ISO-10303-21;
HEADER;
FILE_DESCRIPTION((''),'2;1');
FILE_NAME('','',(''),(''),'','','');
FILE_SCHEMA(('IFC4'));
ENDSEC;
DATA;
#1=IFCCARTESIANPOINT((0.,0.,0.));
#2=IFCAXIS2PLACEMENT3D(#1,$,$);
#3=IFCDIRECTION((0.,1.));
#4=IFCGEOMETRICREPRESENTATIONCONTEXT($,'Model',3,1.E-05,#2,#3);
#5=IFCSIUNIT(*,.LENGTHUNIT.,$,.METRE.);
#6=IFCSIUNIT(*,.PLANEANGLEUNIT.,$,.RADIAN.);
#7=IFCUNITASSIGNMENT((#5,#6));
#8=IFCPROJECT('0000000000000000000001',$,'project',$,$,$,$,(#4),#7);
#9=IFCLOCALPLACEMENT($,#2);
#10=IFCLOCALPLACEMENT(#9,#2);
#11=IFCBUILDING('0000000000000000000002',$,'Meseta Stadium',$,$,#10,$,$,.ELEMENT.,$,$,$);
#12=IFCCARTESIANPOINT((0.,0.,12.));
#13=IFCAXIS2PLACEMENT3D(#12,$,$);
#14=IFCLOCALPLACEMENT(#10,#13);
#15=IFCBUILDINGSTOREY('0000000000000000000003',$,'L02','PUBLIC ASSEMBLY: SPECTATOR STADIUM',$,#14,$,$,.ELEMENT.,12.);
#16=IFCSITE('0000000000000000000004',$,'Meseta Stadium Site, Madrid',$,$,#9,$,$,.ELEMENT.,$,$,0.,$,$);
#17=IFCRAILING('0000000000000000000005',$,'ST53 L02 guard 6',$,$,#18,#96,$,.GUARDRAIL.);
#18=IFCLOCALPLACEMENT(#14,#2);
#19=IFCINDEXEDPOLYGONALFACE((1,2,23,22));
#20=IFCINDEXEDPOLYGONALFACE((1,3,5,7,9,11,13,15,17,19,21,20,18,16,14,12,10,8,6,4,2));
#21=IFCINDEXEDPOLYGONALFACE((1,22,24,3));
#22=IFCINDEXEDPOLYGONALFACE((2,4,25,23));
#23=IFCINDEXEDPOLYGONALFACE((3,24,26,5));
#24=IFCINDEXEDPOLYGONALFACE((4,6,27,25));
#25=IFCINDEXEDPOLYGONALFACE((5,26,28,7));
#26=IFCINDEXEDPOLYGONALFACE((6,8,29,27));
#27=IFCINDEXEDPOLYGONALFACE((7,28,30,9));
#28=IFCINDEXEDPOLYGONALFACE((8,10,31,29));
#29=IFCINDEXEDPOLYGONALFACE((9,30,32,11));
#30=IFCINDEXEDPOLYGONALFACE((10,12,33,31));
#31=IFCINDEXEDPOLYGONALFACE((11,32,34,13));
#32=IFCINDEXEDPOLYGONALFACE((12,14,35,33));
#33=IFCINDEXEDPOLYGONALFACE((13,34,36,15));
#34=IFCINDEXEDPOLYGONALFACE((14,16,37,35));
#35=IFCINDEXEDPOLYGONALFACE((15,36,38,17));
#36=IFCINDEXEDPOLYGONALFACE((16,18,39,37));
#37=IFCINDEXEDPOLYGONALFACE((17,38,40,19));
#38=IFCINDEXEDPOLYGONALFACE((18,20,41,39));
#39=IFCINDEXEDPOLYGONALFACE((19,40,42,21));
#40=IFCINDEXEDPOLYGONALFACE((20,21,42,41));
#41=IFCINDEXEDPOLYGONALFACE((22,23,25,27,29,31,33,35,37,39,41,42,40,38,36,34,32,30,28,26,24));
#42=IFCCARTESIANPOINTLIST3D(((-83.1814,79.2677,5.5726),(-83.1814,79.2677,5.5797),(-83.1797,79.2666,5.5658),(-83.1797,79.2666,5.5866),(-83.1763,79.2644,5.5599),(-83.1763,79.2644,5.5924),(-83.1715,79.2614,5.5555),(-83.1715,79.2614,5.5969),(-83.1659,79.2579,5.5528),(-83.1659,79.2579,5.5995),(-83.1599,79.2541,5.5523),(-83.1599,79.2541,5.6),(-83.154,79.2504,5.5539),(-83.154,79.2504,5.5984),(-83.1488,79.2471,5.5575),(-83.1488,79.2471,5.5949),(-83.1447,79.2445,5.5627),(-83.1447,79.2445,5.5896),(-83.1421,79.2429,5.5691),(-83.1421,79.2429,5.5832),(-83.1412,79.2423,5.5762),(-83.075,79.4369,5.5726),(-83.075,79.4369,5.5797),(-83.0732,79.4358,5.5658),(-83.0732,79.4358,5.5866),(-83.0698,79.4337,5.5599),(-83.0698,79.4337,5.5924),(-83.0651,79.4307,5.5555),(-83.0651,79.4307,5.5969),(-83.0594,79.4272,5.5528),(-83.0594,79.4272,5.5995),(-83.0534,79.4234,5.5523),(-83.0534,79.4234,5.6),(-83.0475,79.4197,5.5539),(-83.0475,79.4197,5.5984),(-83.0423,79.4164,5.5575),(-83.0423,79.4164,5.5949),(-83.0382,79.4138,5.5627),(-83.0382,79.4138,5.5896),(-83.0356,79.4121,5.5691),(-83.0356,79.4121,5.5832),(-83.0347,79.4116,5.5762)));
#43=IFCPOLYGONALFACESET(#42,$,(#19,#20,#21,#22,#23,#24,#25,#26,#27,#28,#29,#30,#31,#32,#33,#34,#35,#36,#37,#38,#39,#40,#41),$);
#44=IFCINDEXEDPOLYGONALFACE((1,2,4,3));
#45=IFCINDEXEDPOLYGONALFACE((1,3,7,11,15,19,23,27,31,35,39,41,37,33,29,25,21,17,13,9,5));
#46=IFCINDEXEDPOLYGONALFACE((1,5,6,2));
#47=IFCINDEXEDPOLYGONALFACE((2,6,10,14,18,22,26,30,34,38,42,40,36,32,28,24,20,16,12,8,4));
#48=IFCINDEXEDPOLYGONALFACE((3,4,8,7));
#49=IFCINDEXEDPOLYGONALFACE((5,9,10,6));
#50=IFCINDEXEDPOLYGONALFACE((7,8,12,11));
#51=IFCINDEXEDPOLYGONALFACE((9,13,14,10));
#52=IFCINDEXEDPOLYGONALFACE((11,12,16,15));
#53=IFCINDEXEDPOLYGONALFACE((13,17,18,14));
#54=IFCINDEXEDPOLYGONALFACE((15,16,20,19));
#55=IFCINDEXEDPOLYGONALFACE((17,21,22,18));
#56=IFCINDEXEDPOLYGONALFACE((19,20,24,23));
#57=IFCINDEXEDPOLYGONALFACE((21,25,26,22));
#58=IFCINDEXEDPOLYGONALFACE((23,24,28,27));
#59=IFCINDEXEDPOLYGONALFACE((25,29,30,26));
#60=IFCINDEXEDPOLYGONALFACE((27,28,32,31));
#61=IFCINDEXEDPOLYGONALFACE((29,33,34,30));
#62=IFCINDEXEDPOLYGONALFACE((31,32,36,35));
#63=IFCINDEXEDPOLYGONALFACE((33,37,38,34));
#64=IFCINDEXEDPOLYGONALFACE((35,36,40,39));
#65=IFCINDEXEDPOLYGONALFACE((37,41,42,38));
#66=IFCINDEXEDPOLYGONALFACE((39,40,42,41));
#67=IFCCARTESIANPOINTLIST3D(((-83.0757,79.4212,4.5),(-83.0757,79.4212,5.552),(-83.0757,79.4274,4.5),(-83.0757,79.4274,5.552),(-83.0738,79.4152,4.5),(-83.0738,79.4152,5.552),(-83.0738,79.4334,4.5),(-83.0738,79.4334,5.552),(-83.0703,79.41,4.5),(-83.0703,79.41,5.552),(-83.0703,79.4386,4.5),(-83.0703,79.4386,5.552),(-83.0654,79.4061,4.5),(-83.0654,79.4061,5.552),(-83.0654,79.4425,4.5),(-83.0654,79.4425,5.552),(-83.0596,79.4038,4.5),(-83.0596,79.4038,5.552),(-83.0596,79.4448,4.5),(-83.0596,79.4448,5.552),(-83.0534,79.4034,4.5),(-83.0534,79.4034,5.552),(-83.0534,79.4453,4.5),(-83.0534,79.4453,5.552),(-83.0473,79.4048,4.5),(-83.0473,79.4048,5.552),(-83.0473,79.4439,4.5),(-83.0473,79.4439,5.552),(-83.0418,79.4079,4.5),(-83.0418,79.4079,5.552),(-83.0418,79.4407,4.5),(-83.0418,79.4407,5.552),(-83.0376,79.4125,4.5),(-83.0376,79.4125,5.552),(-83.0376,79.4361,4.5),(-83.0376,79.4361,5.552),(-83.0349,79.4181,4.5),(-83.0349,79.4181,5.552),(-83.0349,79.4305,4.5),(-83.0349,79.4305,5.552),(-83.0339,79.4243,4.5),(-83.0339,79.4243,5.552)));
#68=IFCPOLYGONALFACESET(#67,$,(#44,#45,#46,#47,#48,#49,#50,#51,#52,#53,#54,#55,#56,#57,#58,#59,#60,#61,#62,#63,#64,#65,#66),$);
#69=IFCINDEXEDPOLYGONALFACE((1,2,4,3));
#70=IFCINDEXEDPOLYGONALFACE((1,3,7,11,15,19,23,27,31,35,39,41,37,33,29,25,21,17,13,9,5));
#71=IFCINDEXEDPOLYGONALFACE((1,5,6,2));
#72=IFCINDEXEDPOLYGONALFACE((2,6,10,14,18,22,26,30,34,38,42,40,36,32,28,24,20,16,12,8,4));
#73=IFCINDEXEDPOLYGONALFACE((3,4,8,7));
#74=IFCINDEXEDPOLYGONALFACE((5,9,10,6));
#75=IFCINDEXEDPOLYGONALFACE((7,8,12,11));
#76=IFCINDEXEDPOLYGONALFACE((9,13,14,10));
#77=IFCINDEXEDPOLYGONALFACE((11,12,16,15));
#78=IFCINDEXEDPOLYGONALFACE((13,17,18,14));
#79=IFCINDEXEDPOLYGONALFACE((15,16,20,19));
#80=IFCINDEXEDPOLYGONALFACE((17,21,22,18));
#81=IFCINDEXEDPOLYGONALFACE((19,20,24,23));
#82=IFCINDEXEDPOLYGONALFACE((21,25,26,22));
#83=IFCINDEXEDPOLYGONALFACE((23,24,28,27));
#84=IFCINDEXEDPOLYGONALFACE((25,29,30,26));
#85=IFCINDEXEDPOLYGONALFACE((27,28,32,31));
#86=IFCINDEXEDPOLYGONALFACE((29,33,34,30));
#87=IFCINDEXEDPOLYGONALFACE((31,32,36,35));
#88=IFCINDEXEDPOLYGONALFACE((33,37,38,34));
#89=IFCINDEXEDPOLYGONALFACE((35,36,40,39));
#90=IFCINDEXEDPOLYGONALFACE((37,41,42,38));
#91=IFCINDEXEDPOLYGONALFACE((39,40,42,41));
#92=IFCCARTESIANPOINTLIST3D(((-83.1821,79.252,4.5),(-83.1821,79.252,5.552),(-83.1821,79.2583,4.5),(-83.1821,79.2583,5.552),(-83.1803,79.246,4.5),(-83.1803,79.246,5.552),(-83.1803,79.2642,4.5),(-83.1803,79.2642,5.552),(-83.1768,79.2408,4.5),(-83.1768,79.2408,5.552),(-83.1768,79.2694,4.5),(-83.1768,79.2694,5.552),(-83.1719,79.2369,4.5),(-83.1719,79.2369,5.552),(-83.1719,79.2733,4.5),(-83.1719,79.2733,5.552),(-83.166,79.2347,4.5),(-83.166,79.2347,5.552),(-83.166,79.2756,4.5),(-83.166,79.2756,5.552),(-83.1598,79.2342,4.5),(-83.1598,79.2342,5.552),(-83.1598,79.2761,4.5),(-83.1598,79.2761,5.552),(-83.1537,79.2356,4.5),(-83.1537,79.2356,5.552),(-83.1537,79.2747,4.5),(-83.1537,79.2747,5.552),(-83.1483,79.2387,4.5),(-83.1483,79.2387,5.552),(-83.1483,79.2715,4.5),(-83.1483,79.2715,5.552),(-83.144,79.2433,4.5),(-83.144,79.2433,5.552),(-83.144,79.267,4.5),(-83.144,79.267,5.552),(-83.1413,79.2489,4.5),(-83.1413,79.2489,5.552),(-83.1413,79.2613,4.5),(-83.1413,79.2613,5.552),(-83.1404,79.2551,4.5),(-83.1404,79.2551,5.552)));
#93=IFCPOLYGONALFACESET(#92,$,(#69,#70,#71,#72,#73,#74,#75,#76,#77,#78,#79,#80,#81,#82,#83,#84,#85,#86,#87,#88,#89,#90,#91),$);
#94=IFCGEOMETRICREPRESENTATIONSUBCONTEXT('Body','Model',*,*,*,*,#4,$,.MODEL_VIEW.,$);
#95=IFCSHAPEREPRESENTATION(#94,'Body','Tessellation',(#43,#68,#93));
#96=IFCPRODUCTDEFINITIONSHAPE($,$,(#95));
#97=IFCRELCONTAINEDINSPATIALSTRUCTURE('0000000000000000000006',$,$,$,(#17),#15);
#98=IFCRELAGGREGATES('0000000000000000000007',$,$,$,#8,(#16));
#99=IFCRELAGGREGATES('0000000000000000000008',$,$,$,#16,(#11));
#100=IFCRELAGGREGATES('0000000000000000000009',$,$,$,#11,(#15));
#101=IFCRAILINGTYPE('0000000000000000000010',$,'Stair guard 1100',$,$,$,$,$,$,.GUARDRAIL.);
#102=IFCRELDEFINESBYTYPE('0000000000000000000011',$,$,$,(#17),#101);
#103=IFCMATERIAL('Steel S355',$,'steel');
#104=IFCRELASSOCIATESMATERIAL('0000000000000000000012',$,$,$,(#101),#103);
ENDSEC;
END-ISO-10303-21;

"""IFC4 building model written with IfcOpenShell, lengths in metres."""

from ifc_helpers import new_model, si_unit, direction, frame, origin, origin_2d, place, context, subcontext, project, spatial, circle, extrude, material, type_object, element, save


model = new_model("IFC4")

# Units and contexts
model_context = context("Model", 3, precision=1e-05, world=origin(), true_north=direction((0.0, 1.0)))
body_context = subcontext(model_context, "Body", "Model", "MODEL_VIEW")
ifc_project = project(units=[si_unit("LENGTHUNIT", "METRE"), si_unit("PLANEANGLEUNIT", "RADIAN")], contexts=[model_context])

# Site, building, storey
site_placement = place(None, origin())
site = spatial("IfcSite", under=ifc_project, at=site_placement, Name="Meseta Stadium Site, Madrid", CompositionType="ELEMENT", RefElevation=0.0)
building_placement = place(site_placement, origin())
building = spatial("IfcBuilding", under=site, at=building_placement, Name="Meseta Stadium", CompositionType="ELEMENT")
storey_placement = place(building_placement, frame((0.0, 0.0, 12.0)))
storey = spatial("IfcBuildingStorey", under=building, at=storey_placement, Name="L02", Description="PUBLIC ASSEMBLY: SPECTATOR STADIUM", CompositionType="ELEMENT", Elevation=12.0)

# Railing
ifc_material_1 = material(Name="Steel S355", Category="steel")
railing_type_1 = type_object("IfcRailingType", Name="Stair guard 1100", PredefinedType="GUARDRAIL", material=ifc_material_1)
railing_1_placement = place(storey_placement, frame((-83.0549, 79.4243, 4.5)))
element("IfcRailing", 1, at=railing_1_placement, inside=storey, type_object=railing_type_1, Name="ST53 L02 guard 6", PredefinedType="GUARDRAIL", context=body_context, shape_type="SweptSolid", body=[
    extrude(circle(Radius=0.0239, at=origin_2d()), frame((0.0, 0.0, 1.0762), z_axis=(-0.532522, -0.846416, 0.0), x_axis=(0.846416, -0.532522, 0.0)), (0.0, 0.0, 1.0), 0.2),
    extrude(circle(Radius=0.021, at=origin_2d()), origin(), (0.0, 0.0, 1.0), 1.052),
    extrude(circle(Radius=0.021, at=origin_2d()), frame((-0.1064, -0.1692, 0.0)), (0.0, 0.0, 1.0), 1.052),
])

save(model, "model.ifc")
